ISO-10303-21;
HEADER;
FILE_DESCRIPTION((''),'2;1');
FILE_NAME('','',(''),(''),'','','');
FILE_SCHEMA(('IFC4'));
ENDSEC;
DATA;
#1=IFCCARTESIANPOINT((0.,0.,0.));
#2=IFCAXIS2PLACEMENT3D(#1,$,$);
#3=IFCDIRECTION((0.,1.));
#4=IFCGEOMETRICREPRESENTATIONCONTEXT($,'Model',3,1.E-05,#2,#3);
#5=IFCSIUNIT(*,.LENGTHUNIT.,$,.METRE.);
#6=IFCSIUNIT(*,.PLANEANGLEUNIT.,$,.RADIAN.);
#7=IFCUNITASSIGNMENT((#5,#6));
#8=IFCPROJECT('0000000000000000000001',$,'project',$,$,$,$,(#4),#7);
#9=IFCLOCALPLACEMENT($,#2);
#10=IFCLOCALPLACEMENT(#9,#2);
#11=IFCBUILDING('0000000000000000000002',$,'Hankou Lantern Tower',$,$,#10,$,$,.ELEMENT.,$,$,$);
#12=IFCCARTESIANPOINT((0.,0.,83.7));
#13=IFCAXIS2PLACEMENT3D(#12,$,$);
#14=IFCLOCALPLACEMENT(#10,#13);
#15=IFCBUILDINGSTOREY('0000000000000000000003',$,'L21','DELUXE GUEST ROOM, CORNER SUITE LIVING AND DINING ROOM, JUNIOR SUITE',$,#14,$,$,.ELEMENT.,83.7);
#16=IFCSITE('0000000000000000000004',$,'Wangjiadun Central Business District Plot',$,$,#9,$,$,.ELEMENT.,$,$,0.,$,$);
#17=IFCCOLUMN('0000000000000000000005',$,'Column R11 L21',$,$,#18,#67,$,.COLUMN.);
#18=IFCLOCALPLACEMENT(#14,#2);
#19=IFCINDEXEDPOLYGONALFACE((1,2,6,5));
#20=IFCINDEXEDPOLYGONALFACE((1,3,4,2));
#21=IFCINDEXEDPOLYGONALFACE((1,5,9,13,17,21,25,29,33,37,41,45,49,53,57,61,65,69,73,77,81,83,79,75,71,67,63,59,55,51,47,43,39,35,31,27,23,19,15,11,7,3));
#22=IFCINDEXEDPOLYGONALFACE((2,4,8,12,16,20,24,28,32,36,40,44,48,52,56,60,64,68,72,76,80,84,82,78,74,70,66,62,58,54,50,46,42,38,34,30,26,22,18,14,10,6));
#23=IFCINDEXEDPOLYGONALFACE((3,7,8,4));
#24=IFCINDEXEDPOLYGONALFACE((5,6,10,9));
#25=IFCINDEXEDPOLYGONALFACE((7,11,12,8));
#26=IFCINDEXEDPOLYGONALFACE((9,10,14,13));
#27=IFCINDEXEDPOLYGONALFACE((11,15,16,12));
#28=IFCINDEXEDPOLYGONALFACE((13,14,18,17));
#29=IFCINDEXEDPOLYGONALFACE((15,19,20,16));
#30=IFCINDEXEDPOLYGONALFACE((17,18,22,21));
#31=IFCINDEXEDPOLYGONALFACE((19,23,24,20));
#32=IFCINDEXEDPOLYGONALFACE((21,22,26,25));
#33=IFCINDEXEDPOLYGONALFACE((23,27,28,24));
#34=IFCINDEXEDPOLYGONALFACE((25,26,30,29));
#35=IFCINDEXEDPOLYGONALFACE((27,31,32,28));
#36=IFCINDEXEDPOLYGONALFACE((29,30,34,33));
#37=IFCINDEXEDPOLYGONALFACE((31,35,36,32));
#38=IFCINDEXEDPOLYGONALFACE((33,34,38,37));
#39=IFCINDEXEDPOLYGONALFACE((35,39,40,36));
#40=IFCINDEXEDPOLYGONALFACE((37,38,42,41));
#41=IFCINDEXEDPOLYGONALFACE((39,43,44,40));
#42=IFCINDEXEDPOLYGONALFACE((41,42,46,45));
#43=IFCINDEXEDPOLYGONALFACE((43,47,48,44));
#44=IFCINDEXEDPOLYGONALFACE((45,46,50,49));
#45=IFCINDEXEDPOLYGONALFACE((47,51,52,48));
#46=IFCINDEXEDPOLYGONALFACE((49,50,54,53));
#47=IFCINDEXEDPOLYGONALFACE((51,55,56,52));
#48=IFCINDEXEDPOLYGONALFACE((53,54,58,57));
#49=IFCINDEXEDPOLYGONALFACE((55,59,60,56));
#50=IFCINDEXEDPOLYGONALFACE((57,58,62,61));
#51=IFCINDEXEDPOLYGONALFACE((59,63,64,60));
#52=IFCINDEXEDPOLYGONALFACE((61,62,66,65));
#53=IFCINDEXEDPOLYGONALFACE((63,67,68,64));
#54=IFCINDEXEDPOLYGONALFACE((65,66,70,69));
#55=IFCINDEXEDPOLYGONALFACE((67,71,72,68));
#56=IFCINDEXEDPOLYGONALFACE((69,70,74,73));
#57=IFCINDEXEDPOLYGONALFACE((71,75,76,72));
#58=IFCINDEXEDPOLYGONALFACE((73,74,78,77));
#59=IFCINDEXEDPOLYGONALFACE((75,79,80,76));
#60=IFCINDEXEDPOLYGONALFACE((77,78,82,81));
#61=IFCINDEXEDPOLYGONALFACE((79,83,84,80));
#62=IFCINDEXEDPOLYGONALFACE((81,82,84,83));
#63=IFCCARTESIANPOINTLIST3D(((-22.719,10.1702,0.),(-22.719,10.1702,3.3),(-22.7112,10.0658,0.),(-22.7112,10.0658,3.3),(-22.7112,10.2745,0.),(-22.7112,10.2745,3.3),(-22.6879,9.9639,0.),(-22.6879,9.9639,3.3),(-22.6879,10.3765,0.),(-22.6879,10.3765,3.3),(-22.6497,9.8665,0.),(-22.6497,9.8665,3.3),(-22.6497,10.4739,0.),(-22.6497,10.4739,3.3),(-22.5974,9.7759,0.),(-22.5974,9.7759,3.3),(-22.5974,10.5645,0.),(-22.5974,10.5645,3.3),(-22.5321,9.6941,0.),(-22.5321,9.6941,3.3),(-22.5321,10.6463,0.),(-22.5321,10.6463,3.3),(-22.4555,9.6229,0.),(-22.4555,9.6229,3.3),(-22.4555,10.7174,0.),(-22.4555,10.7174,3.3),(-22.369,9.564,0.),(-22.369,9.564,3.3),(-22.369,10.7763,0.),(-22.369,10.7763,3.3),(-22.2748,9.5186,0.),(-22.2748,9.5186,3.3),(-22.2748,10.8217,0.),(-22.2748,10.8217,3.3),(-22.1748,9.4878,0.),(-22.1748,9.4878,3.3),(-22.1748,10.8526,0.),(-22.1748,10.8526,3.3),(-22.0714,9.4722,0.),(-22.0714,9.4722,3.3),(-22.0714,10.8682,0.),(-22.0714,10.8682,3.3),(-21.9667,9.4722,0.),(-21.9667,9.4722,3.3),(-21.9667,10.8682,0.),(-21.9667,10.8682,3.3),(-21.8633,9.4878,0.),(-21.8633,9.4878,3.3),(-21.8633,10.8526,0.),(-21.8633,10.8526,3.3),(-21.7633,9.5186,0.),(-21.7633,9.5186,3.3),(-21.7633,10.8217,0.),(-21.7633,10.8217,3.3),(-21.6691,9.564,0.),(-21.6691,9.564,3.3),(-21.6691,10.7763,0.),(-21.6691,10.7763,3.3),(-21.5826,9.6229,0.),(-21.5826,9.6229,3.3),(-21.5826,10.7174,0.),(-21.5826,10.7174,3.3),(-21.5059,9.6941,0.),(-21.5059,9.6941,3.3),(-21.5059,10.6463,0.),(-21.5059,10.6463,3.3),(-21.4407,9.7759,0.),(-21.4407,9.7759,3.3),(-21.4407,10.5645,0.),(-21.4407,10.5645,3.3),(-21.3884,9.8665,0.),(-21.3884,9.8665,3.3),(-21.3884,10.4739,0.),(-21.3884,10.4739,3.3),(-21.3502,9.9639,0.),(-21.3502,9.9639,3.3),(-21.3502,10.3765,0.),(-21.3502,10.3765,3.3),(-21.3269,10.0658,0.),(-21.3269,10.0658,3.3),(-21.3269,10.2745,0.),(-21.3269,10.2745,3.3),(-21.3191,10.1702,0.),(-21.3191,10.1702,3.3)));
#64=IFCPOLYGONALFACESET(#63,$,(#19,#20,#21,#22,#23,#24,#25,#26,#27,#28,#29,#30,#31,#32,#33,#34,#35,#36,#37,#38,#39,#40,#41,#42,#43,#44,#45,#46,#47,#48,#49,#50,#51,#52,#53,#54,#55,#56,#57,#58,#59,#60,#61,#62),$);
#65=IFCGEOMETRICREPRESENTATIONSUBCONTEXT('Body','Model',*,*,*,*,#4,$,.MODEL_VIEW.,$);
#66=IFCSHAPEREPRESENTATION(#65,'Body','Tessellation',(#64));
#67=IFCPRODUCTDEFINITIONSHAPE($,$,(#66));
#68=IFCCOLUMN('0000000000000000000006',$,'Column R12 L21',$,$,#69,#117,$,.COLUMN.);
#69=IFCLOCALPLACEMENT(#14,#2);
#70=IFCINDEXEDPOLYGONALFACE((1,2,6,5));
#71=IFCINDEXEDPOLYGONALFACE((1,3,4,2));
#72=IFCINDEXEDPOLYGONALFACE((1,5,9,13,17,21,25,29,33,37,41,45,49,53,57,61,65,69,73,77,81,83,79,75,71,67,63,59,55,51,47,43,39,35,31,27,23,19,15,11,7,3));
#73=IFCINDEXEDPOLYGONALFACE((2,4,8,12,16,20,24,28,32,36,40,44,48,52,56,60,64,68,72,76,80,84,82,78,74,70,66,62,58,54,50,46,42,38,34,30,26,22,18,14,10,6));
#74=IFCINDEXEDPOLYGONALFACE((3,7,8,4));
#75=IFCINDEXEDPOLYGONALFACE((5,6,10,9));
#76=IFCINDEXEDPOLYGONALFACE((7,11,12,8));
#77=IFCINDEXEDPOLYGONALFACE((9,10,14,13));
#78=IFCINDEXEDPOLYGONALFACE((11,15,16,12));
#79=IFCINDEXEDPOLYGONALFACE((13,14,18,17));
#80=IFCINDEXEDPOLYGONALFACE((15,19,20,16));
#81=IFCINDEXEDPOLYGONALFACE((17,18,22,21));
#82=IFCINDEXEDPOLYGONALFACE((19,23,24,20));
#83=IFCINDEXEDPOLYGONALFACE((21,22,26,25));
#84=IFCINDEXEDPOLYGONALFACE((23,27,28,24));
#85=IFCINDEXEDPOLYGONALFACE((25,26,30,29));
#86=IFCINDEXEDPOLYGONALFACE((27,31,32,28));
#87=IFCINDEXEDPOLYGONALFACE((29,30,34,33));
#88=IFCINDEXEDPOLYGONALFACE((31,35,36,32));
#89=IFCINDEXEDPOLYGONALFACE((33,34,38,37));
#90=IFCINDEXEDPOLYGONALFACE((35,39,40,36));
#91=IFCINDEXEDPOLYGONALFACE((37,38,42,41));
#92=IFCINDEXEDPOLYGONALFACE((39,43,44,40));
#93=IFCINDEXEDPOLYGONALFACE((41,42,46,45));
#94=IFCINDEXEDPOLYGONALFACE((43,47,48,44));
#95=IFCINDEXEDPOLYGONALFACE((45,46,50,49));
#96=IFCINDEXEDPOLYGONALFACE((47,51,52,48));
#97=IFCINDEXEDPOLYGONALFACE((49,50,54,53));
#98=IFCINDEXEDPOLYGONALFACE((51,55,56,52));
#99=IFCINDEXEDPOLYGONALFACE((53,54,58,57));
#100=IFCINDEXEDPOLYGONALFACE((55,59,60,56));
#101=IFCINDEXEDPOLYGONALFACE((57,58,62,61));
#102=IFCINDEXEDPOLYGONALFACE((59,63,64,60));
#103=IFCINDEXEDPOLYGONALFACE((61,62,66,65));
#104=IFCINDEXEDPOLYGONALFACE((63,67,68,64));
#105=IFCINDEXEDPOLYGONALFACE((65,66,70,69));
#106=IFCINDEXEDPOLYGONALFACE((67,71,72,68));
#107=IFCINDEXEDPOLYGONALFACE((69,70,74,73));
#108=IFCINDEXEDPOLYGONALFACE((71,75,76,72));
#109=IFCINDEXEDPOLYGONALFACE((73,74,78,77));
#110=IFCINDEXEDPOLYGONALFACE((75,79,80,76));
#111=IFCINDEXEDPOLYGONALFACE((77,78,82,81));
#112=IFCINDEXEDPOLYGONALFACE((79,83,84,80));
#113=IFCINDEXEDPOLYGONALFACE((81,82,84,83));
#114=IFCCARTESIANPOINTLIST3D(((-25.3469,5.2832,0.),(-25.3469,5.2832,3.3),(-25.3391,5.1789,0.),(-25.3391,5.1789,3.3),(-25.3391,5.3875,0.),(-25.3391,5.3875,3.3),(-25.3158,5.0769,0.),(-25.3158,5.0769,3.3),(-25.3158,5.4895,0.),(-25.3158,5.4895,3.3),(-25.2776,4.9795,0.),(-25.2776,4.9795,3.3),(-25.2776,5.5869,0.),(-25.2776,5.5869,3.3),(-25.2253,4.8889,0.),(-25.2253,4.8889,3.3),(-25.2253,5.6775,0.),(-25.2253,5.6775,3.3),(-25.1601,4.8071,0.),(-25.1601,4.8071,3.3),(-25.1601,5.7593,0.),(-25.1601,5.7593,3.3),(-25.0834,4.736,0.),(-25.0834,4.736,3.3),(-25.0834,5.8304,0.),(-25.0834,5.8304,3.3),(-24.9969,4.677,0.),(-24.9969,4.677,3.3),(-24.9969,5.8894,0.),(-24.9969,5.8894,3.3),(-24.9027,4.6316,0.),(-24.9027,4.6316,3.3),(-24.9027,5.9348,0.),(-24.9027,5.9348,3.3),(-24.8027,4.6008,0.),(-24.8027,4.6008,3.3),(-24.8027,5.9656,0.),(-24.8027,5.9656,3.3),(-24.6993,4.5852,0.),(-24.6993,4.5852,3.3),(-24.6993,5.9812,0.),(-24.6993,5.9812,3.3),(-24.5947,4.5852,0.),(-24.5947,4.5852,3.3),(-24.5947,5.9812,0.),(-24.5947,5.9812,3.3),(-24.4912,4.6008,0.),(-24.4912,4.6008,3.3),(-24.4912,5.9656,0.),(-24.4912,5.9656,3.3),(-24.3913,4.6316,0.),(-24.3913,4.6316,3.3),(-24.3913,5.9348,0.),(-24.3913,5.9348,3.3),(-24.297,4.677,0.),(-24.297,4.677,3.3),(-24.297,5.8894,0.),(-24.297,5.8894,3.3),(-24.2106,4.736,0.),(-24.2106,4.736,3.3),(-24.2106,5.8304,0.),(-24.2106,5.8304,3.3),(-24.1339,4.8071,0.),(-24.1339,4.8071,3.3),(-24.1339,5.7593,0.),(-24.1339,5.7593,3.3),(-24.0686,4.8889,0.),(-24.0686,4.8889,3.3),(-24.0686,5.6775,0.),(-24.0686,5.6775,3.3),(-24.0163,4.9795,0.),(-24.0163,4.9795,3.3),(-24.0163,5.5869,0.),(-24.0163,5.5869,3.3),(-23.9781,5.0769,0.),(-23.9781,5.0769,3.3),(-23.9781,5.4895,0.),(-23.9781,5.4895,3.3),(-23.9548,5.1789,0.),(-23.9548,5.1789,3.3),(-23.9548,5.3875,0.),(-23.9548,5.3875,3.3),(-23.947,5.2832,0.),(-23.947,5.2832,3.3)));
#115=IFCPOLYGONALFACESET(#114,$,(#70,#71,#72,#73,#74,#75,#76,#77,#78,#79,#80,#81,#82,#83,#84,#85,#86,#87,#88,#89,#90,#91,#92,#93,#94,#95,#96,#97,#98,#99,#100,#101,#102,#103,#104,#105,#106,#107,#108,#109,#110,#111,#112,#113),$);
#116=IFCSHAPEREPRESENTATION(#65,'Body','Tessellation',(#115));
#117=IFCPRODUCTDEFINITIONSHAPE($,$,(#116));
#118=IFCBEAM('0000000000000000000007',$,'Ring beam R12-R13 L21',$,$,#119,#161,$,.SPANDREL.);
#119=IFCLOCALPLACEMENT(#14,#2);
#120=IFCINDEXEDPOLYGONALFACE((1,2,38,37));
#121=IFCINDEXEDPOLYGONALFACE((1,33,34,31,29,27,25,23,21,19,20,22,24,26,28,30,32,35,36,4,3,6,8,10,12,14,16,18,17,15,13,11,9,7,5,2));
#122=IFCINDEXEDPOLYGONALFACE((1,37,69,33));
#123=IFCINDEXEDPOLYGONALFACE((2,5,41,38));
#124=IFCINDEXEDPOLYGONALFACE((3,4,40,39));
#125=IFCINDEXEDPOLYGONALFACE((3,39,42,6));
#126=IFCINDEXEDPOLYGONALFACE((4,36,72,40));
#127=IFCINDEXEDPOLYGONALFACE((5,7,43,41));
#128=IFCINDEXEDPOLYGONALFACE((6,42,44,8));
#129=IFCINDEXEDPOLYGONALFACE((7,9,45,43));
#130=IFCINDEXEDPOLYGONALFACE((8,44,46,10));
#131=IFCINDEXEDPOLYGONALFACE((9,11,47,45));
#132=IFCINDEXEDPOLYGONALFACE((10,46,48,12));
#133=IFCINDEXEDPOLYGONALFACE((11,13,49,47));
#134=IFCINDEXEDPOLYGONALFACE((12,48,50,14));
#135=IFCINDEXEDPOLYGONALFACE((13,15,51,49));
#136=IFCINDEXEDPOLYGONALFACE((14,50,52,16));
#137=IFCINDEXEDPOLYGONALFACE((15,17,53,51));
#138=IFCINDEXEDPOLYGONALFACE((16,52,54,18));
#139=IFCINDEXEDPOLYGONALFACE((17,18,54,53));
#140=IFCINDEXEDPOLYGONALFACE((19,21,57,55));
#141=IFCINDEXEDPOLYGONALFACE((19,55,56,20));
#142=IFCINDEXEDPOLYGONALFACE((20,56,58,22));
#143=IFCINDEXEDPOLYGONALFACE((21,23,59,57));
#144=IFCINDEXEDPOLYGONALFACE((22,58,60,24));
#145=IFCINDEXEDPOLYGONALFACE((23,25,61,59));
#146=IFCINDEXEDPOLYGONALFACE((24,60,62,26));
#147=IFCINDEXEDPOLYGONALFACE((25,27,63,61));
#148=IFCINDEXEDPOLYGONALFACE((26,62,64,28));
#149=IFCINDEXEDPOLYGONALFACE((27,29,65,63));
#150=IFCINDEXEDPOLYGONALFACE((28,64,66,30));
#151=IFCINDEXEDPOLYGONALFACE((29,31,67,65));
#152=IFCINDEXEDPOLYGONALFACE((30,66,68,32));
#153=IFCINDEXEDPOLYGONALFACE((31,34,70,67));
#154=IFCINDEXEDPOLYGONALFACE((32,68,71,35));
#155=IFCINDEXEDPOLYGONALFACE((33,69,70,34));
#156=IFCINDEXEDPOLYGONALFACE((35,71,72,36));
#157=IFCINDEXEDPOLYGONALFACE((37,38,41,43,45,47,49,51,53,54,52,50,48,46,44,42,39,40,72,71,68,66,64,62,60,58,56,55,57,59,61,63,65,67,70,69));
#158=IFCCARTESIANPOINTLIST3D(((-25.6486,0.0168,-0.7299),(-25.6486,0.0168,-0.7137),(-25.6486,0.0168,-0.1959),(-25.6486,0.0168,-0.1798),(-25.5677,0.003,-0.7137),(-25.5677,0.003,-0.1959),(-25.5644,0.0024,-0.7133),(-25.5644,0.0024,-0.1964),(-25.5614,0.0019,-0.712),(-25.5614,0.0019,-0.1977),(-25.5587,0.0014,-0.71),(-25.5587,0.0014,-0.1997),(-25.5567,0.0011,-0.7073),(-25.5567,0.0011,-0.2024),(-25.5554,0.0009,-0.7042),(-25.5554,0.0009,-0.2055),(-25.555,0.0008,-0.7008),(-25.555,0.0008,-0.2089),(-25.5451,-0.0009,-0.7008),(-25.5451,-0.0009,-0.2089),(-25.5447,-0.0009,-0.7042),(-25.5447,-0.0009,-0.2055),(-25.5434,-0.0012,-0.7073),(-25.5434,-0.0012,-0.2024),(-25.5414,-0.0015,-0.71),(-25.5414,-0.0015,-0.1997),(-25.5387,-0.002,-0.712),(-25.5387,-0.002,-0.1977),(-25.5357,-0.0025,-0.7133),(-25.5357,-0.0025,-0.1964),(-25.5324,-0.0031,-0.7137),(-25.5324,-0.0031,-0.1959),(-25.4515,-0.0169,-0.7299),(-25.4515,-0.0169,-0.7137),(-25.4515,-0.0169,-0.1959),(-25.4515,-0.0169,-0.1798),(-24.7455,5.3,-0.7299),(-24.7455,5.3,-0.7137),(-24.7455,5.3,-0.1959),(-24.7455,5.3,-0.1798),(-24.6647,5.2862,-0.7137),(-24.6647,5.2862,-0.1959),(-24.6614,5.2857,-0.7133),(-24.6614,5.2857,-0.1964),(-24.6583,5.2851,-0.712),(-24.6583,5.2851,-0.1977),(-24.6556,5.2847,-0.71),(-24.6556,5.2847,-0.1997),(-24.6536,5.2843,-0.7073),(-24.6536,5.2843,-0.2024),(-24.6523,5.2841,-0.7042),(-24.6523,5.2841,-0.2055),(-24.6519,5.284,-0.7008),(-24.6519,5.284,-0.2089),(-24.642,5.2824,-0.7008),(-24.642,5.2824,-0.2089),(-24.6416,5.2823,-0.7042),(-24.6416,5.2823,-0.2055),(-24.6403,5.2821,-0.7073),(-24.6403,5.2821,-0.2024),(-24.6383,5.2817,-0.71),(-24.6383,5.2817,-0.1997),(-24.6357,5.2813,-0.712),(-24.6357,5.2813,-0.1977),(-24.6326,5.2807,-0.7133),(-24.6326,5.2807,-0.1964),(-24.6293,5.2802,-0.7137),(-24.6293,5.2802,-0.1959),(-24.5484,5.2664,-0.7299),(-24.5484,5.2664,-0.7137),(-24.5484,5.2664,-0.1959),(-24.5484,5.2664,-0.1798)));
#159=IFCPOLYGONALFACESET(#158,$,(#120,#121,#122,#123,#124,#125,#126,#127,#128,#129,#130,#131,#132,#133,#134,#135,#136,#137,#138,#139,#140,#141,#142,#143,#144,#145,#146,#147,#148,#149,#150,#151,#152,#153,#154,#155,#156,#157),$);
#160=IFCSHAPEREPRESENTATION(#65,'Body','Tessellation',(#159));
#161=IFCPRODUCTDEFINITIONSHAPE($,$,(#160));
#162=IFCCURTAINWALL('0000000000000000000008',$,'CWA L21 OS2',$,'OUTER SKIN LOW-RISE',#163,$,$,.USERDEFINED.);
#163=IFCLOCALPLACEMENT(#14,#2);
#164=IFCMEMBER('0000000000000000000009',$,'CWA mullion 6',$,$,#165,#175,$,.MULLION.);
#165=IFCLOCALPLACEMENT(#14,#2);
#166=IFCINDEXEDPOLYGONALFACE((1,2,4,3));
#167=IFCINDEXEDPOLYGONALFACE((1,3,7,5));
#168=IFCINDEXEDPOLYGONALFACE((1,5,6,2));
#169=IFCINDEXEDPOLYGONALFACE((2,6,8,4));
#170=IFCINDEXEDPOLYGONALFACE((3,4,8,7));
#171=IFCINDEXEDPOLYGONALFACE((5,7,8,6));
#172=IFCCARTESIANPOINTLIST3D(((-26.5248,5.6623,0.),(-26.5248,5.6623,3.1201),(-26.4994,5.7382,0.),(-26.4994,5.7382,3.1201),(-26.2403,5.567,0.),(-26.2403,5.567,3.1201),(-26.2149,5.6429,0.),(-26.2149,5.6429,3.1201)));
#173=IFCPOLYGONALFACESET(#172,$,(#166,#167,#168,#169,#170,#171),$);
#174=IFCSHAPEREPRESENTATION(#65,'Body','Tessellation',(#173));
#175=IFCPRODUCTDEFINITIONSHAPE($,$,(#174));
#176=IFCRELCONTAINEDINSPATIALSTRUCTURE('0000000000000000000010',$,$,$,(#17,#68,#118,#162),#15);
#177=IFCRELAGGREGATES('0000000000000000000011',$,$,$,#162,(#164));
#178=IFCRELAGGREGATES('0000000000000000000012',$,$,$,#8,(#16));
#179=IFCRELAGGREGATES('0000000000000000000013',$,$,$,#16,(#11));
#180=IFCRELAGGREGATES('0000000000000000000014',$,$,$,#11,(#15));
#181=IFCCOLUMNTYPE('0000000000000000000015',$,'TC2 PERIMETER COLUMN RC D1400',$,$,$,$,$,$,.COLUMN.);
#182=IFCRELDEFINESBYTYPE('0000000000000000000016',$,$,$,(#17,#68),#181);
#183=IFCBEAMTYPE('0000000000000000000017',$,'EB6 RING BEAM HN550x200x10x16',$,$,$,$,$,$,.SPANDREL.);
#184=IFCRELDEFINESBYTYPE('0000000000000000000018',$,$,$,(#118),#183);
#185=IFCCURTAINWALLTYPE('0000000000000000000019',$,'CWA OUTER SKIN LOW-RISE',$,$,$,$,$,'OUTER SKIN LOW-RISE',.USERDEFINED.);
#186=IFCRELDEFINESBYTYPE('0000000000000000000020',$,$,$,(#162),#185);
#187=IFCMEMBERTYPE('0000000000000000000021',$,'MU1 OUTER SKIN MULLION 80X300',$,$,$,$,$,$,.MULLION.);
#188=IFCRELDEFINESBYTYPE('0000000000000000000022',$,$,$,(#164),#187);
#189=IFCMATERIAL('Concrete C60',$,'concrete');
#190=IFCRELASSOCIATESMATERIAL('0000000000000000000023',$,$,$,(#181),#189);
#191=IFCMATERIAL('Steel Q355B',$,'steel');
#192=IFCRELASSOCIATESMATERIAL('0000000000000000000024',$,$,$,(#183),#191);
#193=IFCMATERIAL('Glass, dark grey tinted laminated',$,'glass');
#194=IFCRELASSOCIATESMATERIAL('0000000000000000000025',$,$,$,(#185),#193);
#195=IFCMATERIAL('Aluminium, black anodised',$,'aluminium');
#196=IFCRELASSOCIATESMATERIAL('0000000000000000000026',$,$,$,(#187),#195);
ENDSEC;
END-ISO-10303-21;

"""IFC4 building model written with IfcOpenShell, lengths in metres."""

from ifc_helpers import new_model, si_unit, direction, frame, origin, origin_2d, place, context, subcontext, project, spatial, rectangle, circle, i_section, extrude, material, material_profile, profile_set, type_object, element, aggregate, save


model = new_model("IFC4")

# Units and contexts
model_context = context("Model", 3, precision=1e-05, world=origin(), true_north=direction((0.0, 1.0)))
body_context = subcontext(model_context, "Body", "Model", "MODEL_VIEW")
ifc_project = project(units=[si_unit("LENGTHUNIT", "METRE"), si_unit("PLANEANGLEUNIT", "RADIAN")], contexts=[model_context])

# Site, building, storey
site_placement = place(None, origin())
site = spatial("IfcSite", under=ifc_project, at=site_placement, Name="Wangjiadun Central Business District Plot", CompositionType="ELEMENT", RefElevation=0.0)
building_placement = place(site_placement, origin())
building = spatial("IfcBuilding", under=site, at=building_placement, Name="Hankou Lantern Tower", CompositionType="ELEMENT")
storey_placement = place(building_placement, frame((0.0, 0.0, 83.7)))
storey = spatial("IfcBuildingStorey", under=building, at=storey_placement, Name="L21", Description="DELUXE GUEST ROOM, CORNER SUITE LIVING AND DINING ROOM, JUNIOR SUITE", CompositionType="ELEMENT", Elevation=83.7)

# Columns
ifc_material_1 = material(Name="Concrete C60", Category="concrete")
ifc_material_profile_1 = material_profile(ifc_material_1, circle(Radius=0.7, at=origin_2d()), Name="RC D1400")
ifc_profile_set_1 = profile_set([ifc_material_profile_1], Name="Concrete C60")
column_type = type_object("IfcColumnType", Name="TC2 PERIMETER COLUMN RC D1400", PredefinedType="COLUMN", material=ifc_profile_set_1)
for number, where, z_axis, x_axis, name in (
    (1, (-22.019, 10.1702, 0.0), (0.0, 0.0, 1.0), (1.0, 0.0, 0.0), "Column R11 L21"),
    (2, (-24.647, 5.2832, 0.0), (0.0, 0.0, 1.0), (1.0, 0.0, 0.0), "Column R12 L21"),
):
    element("IfcColumn", number, at=place(storey_placement, frame(where, z_axis=z_axis, x_axis=x_axis)), inside=storey, type_object=column_type, Name=name, PredefinedType="COLUMN", context=body_context, shape_type="SweptSolid", body=[
        extrude(circle(Radius=0.7, at=origin_2d()), origin(), (0.0, 0.0, 1.0), 3.3),
    ])

# Beam
ifc_material_2 = material(Name="Steel Q355B", Category="steel")
ifc_material_profile_2 = material_profile(ifc_material_2, i_section(OverallWidth=0.2, OverallDepth=0.55, WebThickness=0.01, FlangeThickness=0.0161, FilletRadius=0.0129, at=origin_2d()), Name="HN550x200x10x16")
ifc_profile_set_2 = profile_set([ifc_material_profile_2], Name="Steel Q355B")
beam_type_1 = type_object("IfcBeamType", Name="EB6 RING BEAM HN550x200x10x16", PredefinedType="SPANDREL", material=ifc_profile_set_2)
beam_1_placement = place(storey_placement, frame((-24.647, 5.2832, -0.4548), z_axis=(-0.16849, -0.985703, 0.0), x_axis=(0.985703, -0.16849, 0.0)))
element("IfcBeam", 3, at=beam_1_placement, inside=storey, type_object=beam_type_1, Name="Ring beam R12-R13 L21", PredefinedType="SPANDREL", context=body_context, shape_type="SweptSolid", body=[
    extrude(i_section(OverallWidth=0.2, OverallDepth=0.55, WebThickness=0.01, FlangeThickness=0.0161, FilletRadius=0.0129, at=origin_2d()), origin(), (0.0, 0.0, 1.0), 5.3599),
])

# Curtain wall, member
ifc_material_3 = material(Name="Glass, dark grey tinted laminated", Category="glass")
curtain_wall_type = type_object("IfcCurtainWallType", Name="CWA OUTER SKIN LOW-RISE", ElementType="OUTER SKIN LOW-RISE", PredefinedType="USERDEFINED", material=ifc_material_3)
curtain_wall_placement = place(storey_placement, origin())
curtain_wall = element("IfcCurtainWall", 4, at=curtain_wall_placement, inside=storey, type_object=curtain_wall_type, Name="CWA L21 OS2", ObjectType="OUTER SKIN LOW-RISE", PredefinedType="USERDEFINED")
ifc_material_4 = material(Name="Aluminium, black anodised", Category="aluminium")
ifc_material_profile_3 = material_profile(ifc_material_4, rectangle(XDim=0.0801, YDim=0.3, at=origin_2d()), Name="MU1 80X300")
ifc_profile_set_3 = profile_set([ifc_material_profile_3], Name="Aluminium, black anodised")
member_type_1 = type_object("IfcMemberType", Name="MU1 OUTER SKIN MULLION 80X300", PredefinedType="MULLION", material=ifc_profile_set_3)
member_1_placement = place(storey_placement, frame((-26.3699, 5.6526, 0.0), z_axis=(0.0, 0.0, 1.0), x_axis=(-0.317596, -0.948226, 0.0)))
member_1 = element("IfcMember", 5, at=member_1_placement, type_object=member_type_1, Name="CWA mullion 6", PredefinedType="MULLION", context=body_context, shape_type="SweptSolid", body=[
    extrude(rectangle(XDim=0.0801, YDim=0.3, at=origin_2d()), origin(), (0.0, 0.0, 1.0), 3.1201),
])

aggregate(curtain_wall, [member_1])

save(model, "model.ifc")
